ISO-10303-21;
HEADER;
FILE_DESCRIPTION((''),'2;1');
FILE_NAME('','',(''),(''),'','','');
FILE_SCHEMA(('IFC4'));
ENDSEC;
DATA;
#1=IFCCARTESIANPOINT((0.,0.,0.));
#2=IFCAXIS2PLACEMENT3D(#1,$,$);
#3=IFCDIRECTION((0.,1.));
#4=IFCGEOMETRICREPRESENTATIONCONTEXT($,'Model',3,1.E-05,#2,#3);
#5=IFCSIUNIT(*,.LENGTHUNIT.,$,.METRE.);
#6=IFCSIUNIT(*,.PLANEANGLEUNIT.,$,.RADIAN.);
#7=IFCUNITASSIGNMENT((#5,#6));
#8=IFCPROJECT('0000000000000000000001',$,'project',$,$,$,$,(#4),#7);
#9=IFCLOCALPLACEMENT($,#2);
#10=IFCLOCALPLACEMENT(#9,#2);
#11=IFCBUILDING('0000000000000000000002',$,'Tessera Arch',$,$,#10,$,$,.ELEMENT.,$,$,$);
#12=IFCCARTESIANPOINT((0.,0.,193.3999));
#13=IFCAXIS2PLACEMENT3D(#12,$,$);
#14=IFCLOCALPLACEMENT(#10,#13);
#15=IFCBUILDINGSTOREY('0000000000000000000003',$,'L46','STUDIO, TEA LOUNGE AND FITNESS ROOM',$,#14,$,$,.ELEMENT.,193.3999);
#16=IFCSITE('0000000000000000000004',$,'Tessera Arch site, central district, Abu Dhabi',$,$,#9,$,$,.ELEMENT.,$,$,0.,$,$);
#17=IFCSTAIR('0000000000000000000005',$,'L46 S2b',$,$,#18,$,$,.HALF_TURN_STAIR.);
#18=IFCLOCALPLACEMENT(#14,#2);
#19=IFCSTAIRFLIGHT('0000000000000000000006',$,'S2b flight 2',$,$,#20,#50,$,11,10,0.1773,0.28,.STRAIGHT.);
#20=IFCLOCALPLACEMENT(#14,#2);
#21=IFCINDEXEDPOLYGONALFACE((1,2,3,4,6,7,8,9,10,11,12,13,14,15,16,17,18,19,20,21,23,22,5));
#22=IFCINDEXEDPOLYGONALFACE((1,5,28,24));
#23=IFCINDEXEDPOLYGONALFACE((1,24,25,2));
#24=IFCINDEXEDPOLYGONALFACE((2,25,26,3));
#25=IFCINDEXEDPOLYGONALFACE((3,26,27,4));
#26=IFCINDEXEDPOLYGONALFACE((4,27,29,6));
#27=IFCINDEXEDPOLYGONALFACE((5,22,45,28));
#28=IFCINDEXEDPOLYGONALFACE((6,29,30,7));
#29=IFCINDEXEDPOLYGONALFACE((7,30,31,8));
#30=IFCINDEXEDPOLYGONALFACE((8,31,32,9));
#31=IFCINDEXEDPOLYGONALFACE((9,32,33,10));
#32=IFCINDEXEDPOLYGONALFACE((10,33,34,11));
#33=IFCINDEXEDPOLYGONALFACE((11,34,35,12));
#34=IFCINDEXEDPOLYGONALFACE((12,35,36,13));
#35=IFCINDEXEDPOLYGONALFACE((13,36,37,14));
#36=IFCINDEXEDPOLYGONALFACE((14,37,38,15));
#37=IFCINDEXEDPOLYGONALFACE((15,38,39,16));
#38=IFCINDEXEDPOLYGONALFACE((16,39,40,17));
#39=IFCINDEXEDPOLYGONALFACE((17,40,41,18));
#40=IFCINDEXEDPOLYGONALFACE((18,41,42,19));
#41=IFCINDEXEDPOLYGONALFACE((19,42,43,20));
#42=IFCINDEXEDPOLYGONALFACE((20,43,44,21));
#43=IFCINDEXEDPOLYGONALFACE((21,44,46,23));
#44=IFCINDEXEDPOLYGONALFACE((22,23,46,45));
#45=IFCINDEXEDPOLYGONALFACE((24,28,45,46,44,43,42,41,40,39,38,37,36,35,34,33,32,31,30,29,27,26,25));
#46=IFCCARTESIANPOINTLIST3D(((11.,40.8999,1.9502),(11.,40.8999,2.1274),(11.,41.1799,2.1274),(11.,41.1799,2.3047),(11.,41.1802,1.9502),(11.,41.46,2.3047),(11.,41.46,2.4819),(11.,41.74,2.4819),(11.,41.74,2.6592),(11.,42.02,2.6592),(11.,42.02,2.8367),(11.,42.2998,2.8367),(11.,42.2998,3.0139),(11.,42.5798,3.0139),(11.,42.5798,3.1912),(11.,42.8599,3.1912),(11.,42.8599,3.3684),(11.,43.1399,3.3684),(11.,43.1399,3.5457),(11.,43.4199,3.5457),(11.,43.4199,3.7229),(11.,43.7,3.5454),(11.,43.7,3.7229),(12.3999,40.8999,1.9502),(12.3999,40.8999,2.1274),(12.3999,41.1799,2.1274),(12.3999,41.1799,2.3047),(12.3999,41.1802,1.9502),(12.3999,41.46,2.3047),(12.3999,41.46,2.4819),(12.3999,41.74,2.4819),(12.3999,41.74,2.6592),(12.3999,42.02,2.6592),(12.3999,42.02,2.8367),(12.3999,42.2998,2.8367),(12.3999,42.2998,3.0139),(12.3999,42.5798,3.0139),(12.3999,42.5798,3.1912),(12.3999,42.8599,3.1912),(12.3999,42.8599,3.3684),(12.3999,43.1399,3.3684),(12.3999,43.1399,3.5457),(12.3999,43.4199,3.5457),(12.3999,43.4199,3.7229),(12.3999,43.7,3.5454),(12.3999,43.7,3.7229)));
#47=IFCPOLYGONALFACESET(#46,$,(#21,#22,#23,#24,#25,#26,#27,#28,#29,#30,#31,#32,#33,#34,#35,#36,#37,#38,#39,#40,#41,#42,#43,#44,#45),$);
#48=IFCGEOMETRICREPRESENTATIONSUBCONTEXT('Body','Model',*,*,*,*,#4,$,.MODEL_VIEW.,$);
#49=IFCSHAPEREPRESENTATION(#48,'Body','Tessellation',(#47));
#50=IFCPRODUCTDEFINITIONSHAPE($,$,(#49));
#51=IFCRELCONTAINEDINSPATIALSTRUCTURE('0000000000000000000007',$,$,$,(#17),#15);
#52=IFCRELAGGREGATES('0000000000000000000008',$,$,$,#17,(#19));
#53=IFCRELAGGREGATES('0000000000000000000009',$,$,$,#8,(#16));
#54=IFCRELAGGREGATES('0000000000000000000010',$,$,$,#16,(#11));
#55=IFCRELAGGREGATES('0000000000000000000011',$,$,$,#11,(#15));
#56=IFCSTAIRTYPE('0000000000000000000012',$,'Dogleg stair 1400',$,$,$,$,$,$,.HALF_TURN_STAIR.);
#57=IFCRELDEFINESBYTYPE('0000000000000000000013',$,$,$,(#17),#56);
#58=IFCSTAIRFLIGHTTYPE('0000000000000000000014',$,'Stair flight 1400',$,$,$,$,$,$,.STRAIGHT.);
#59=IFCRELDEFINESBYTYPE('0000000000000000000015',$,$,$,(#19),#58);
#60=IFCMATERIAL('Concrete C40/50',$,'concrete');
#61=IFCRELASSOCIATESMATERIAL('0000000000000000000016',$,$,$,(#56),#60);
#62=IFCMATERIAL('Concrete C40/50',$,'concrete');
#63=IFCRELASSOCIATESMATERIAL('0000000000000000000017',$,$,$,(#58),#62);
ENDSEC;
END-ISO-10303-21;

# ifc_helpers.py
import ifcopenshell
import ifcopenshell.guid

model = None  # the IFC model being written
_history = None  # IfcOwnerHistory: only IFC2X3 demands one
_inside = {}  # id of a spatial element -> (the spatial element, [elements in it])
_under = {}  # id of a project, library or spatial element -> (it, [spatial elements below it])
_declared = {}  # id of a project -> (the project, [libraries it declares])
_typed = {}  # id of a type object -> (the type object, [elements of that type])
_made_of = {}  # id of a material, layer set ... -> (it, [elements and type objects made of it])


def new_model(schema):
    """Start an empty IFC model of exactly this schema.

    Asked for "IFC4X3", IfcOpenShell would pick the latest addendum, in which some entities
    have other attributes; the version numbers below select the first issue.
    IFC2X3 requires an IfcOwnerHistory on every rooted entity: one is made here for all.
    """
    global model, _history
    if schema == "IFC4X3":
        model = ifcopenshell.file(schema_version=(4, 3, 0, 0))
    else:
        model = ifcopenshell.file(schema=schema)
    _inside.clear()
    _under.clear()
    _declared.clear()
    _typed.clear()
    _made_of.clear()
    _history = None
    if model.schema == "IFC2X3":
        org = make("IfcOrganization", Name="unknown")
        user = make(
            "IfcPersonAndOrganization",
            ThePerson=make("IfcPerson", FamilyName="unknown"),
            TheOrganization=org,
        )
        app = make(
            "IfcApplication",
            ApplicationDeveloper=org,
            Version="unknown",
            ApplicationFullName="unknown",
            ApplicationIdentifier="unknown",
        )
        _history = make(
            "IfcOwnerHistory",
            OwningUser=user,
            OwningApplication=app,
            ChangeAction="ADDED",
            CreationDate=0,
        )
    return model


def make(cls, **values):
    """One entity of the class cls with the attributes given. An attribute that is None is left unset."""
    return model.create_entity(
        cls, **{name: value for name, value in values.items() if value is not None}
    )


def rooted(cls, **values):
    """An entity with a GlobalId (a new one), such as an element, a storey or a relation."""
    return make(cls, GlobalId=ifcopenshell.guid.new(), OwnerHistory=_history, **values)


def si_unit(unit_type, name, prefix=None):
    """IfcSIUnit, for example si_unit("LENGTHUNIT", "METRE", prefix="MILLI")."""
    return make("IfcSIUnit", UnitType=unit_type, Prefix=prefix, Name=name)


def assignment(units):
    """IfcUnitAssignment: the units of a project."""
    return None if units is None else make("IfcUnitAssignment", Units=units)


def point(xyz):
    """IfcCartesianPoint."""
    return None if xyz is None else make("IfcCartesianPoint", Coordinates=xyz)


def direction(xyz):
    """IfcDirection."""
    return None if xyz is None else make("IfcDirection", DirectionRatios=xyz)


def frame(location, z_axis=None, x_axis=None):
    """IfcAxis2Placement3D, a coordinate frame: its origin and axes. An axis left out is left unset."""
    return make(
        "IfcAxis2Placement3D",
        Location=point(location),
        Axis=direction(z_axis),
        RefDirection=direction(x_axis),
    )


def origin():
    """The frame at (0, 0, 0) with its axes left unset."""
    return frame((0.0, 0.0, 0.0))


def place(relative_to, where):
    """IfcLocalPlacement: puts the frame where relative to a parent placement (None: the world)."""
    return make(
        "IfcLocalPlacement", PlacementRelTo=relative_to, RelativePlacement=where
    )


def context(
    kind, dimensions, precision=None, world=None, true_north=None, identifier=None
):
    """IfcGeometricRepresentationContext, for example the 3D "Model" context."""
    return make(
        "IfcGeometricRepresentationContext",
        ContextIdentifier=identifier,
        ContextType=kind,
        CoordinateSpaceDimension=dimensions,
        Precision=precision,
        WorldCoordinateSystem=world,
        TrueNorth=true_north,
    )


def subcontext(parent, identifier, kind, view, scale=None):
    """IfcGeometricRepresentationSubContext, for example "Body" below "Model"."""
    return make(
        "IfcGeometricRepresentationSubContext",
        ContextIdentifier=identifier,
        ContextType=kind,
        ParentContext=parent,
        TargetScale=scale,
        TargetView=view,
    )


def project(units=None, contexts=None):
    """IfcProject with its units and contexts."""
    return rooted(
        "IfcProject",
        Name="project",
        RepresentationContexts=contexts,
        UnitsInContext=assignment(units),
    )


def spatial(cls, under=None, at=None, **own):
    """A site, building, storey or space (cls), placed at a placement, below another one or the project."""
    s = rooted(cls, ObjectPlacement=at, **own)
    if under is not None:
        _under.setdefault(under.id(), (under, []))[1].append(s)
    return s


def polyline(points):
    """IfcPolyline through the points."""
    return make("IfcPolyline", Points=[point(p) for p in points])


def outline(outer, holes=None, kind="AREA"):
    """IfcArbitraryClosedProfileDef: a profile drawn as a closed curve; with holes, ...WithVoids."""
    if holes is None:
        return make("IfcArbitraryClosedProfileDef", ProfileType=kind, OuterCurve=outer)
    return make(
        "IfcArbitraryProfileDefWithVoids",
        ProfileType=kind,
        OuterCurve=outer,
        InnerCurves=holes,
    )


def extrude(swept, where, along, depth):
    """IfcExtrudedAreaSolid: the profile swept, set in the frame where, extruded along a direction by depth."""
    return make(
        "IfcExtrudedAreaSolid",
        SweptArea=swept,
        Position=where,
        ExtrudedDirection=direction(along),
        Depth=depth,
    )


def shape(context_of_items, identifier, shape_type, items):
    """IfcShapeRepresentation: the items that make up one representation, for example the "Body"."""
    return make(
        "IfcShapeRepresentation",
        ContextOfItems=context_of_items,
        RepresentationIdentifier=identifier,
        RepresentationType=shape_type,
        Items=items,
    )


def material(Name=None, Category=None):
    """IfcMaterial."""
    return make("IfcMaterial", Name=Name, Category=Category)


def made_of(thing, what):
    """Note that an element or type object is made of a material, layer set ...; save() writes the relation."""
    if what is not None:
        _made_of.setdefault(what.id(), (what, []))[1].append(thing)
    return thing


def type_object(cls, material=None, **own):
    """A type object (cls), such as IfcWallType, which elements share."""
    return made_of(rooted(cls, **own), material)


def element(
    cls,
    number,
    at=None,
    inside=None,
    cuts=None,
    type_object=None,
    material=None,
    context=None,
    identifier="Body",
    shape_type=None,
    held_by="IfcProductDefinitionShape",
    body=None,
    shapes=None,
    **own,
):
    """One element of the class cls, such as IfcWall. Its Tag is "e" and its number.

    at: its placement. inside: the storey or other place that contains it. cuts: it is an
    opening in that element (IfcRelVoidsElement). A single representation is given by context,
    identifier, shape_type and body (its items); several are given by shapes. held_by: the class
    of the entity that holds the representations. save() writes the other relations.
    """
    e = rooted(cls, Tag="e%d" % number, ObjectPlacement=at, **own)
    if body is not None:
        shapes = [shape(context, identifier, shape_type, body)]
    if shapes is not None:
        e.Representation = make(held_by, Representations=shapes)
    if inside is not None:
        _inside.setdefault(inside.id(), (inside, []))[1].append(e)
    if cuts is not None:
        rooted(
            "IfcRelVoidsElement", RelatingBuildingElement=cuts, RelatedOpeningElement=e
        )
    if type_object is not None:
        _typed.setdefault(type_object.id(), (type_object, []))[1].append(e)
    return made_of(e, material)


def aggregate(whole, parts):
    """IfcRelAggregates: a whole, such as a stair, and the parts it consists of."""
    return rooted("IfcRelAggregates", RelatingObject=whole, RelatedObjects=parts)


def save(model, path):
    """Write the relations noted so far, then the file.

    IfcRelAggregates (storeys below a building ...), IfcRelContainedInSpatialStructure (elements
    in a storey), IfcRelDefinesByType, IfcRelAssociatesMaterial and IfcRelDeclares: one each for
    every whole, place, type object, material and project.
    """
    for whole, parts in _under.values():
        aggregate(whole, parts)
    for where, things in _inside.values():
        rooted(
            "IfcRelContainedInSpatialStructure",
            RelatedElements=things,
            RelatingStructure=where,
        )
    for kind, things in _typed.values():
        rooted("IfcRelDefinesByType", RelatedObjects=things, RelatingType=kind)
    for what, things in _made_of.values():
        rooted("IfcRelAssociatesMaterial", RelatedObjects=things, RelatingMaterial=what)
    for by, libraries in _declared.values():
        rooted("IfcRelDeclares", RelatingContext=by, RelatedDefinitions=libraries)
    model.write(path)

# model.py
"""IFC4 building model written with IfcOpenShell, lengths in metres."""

from ifc_helpers import new_model, si_unit, direction, frame, origin, place, context, subcontext, project, spatial, polyline, outline, extrude, material, type_object, element, aggregate, save


model = new_model("IFC4")

# Units and contexts
model_context = context("Model", 3, precision=1e-05, world=origin(), true_north=direction((0.0, 1.0)))
body_context = subcontext(model_context, "Body", "Model", "MODEL_VIEW")
ifc_project = project(units=[si_unit("LENGTHUNIT", "METRE"), si_unit("PLANEANGLEUNIT", "RADIAN")], contexts=[model_context])

# Site, building, storey
site_placement = place(None, origin())
site = spatial("IfcSite", under=ifc_project, at=site_placement, Name="Tessera Arch site, central district, Abu Dhabi", CompositionType="ELEMENT", RefElevation=0.0)
building_placement = place(site_placement, origin())
building = spatial("IfcBuilding", under=site, at=building_placement, Name="Tessera Arch", CompositionType="ELEMENT")
storey_placement = place(building_placement, frame((0.0, 0.0, 193.3999)))
storey = spatial("IfcBuildingStorey", under=building, at=storey_placement, Name="L46", Description="STUDIO, TEA LOUNGE AND FITNESS ROOM", CompositionType="ELEMENT", Elevation=193.3999)

# Stair, stair flight
ifc_material_1 = material(Name="Concrete C40/50", Category="concrete")
stair_type = type_object("IfcStairType", Name="Dogleg stair 1400", PredefinedType="HALF_TURN_STAIR", material=ifc_material_1)
stair_placement = place(storey_placement, origin())
stair = element("IfcStair", 1, at=stair_placement, inside=storey, type_object=stair_type, Name="L46 S2b", PredefinedType="HALF_TURN_STAIR")
ifc_material_2 = material(Name="Concrete C40/50", Category="concrete")
stair_flight_type = type_object("IfcStairFlightType", Name="Stair flight 1400", PredefinedType="STRAIGHT", material=ifc_material_2)
stair_flight_1_placement = place(storey_placement, frame((11.7, 40.8999, 1.9502), z_axis=(0.0, 0.0, 1.0), x_axis=(0.0, 1.0, 0.0)))
stair_flight_1 = element("IfcStairFlight", 2, at=stair_flight_1_placement, type_object=stair_flight_type, Name="S2b flight 2", NumberOfRisers=11, NumberOfTreads=10, PredefinedType="STRAIGHT", RiserHeight=0.1773, TreadLength=0.28, context=body_context, shape_type="SweptSolid", body=[
    extrude(outline(polyline([(0.0, 0.0), (0.0, 0.1772), (0.28, 0.1772), (0.28, 0.3545), (0.5601, 0.3545), (0.5601, 0.5317), (0.8401, 0.5317), (0.8401, 0.709), (1.1201, 0.709), (1.1201, 0.8865), (1.3999, 0.8865), (1.3999, 1.0637), (1.6799, 1.0637), (1.6799, 1.241), (1.96, 1.241), (1.96, 1.4182), (2.24, 1.4182), (2.24, 1.5955), (2.52, 1.5955), (2.52, 1.7727), (2.8, 1.7727), (2.8, 1.95), (2.8, 1.5952), (0.2803, 0.0), (0.0, 0.0)])), frame((0.0, 0.7, 0.0), z_axis=(0.0, -1.0, 0.0), x_axis=(1.0, 0.0, 0.0)), (0.0, 0.0, 1.0), 1.3999),
])
aggregate(stair, [stair_flight_1])

save(model, "model.ifc")
